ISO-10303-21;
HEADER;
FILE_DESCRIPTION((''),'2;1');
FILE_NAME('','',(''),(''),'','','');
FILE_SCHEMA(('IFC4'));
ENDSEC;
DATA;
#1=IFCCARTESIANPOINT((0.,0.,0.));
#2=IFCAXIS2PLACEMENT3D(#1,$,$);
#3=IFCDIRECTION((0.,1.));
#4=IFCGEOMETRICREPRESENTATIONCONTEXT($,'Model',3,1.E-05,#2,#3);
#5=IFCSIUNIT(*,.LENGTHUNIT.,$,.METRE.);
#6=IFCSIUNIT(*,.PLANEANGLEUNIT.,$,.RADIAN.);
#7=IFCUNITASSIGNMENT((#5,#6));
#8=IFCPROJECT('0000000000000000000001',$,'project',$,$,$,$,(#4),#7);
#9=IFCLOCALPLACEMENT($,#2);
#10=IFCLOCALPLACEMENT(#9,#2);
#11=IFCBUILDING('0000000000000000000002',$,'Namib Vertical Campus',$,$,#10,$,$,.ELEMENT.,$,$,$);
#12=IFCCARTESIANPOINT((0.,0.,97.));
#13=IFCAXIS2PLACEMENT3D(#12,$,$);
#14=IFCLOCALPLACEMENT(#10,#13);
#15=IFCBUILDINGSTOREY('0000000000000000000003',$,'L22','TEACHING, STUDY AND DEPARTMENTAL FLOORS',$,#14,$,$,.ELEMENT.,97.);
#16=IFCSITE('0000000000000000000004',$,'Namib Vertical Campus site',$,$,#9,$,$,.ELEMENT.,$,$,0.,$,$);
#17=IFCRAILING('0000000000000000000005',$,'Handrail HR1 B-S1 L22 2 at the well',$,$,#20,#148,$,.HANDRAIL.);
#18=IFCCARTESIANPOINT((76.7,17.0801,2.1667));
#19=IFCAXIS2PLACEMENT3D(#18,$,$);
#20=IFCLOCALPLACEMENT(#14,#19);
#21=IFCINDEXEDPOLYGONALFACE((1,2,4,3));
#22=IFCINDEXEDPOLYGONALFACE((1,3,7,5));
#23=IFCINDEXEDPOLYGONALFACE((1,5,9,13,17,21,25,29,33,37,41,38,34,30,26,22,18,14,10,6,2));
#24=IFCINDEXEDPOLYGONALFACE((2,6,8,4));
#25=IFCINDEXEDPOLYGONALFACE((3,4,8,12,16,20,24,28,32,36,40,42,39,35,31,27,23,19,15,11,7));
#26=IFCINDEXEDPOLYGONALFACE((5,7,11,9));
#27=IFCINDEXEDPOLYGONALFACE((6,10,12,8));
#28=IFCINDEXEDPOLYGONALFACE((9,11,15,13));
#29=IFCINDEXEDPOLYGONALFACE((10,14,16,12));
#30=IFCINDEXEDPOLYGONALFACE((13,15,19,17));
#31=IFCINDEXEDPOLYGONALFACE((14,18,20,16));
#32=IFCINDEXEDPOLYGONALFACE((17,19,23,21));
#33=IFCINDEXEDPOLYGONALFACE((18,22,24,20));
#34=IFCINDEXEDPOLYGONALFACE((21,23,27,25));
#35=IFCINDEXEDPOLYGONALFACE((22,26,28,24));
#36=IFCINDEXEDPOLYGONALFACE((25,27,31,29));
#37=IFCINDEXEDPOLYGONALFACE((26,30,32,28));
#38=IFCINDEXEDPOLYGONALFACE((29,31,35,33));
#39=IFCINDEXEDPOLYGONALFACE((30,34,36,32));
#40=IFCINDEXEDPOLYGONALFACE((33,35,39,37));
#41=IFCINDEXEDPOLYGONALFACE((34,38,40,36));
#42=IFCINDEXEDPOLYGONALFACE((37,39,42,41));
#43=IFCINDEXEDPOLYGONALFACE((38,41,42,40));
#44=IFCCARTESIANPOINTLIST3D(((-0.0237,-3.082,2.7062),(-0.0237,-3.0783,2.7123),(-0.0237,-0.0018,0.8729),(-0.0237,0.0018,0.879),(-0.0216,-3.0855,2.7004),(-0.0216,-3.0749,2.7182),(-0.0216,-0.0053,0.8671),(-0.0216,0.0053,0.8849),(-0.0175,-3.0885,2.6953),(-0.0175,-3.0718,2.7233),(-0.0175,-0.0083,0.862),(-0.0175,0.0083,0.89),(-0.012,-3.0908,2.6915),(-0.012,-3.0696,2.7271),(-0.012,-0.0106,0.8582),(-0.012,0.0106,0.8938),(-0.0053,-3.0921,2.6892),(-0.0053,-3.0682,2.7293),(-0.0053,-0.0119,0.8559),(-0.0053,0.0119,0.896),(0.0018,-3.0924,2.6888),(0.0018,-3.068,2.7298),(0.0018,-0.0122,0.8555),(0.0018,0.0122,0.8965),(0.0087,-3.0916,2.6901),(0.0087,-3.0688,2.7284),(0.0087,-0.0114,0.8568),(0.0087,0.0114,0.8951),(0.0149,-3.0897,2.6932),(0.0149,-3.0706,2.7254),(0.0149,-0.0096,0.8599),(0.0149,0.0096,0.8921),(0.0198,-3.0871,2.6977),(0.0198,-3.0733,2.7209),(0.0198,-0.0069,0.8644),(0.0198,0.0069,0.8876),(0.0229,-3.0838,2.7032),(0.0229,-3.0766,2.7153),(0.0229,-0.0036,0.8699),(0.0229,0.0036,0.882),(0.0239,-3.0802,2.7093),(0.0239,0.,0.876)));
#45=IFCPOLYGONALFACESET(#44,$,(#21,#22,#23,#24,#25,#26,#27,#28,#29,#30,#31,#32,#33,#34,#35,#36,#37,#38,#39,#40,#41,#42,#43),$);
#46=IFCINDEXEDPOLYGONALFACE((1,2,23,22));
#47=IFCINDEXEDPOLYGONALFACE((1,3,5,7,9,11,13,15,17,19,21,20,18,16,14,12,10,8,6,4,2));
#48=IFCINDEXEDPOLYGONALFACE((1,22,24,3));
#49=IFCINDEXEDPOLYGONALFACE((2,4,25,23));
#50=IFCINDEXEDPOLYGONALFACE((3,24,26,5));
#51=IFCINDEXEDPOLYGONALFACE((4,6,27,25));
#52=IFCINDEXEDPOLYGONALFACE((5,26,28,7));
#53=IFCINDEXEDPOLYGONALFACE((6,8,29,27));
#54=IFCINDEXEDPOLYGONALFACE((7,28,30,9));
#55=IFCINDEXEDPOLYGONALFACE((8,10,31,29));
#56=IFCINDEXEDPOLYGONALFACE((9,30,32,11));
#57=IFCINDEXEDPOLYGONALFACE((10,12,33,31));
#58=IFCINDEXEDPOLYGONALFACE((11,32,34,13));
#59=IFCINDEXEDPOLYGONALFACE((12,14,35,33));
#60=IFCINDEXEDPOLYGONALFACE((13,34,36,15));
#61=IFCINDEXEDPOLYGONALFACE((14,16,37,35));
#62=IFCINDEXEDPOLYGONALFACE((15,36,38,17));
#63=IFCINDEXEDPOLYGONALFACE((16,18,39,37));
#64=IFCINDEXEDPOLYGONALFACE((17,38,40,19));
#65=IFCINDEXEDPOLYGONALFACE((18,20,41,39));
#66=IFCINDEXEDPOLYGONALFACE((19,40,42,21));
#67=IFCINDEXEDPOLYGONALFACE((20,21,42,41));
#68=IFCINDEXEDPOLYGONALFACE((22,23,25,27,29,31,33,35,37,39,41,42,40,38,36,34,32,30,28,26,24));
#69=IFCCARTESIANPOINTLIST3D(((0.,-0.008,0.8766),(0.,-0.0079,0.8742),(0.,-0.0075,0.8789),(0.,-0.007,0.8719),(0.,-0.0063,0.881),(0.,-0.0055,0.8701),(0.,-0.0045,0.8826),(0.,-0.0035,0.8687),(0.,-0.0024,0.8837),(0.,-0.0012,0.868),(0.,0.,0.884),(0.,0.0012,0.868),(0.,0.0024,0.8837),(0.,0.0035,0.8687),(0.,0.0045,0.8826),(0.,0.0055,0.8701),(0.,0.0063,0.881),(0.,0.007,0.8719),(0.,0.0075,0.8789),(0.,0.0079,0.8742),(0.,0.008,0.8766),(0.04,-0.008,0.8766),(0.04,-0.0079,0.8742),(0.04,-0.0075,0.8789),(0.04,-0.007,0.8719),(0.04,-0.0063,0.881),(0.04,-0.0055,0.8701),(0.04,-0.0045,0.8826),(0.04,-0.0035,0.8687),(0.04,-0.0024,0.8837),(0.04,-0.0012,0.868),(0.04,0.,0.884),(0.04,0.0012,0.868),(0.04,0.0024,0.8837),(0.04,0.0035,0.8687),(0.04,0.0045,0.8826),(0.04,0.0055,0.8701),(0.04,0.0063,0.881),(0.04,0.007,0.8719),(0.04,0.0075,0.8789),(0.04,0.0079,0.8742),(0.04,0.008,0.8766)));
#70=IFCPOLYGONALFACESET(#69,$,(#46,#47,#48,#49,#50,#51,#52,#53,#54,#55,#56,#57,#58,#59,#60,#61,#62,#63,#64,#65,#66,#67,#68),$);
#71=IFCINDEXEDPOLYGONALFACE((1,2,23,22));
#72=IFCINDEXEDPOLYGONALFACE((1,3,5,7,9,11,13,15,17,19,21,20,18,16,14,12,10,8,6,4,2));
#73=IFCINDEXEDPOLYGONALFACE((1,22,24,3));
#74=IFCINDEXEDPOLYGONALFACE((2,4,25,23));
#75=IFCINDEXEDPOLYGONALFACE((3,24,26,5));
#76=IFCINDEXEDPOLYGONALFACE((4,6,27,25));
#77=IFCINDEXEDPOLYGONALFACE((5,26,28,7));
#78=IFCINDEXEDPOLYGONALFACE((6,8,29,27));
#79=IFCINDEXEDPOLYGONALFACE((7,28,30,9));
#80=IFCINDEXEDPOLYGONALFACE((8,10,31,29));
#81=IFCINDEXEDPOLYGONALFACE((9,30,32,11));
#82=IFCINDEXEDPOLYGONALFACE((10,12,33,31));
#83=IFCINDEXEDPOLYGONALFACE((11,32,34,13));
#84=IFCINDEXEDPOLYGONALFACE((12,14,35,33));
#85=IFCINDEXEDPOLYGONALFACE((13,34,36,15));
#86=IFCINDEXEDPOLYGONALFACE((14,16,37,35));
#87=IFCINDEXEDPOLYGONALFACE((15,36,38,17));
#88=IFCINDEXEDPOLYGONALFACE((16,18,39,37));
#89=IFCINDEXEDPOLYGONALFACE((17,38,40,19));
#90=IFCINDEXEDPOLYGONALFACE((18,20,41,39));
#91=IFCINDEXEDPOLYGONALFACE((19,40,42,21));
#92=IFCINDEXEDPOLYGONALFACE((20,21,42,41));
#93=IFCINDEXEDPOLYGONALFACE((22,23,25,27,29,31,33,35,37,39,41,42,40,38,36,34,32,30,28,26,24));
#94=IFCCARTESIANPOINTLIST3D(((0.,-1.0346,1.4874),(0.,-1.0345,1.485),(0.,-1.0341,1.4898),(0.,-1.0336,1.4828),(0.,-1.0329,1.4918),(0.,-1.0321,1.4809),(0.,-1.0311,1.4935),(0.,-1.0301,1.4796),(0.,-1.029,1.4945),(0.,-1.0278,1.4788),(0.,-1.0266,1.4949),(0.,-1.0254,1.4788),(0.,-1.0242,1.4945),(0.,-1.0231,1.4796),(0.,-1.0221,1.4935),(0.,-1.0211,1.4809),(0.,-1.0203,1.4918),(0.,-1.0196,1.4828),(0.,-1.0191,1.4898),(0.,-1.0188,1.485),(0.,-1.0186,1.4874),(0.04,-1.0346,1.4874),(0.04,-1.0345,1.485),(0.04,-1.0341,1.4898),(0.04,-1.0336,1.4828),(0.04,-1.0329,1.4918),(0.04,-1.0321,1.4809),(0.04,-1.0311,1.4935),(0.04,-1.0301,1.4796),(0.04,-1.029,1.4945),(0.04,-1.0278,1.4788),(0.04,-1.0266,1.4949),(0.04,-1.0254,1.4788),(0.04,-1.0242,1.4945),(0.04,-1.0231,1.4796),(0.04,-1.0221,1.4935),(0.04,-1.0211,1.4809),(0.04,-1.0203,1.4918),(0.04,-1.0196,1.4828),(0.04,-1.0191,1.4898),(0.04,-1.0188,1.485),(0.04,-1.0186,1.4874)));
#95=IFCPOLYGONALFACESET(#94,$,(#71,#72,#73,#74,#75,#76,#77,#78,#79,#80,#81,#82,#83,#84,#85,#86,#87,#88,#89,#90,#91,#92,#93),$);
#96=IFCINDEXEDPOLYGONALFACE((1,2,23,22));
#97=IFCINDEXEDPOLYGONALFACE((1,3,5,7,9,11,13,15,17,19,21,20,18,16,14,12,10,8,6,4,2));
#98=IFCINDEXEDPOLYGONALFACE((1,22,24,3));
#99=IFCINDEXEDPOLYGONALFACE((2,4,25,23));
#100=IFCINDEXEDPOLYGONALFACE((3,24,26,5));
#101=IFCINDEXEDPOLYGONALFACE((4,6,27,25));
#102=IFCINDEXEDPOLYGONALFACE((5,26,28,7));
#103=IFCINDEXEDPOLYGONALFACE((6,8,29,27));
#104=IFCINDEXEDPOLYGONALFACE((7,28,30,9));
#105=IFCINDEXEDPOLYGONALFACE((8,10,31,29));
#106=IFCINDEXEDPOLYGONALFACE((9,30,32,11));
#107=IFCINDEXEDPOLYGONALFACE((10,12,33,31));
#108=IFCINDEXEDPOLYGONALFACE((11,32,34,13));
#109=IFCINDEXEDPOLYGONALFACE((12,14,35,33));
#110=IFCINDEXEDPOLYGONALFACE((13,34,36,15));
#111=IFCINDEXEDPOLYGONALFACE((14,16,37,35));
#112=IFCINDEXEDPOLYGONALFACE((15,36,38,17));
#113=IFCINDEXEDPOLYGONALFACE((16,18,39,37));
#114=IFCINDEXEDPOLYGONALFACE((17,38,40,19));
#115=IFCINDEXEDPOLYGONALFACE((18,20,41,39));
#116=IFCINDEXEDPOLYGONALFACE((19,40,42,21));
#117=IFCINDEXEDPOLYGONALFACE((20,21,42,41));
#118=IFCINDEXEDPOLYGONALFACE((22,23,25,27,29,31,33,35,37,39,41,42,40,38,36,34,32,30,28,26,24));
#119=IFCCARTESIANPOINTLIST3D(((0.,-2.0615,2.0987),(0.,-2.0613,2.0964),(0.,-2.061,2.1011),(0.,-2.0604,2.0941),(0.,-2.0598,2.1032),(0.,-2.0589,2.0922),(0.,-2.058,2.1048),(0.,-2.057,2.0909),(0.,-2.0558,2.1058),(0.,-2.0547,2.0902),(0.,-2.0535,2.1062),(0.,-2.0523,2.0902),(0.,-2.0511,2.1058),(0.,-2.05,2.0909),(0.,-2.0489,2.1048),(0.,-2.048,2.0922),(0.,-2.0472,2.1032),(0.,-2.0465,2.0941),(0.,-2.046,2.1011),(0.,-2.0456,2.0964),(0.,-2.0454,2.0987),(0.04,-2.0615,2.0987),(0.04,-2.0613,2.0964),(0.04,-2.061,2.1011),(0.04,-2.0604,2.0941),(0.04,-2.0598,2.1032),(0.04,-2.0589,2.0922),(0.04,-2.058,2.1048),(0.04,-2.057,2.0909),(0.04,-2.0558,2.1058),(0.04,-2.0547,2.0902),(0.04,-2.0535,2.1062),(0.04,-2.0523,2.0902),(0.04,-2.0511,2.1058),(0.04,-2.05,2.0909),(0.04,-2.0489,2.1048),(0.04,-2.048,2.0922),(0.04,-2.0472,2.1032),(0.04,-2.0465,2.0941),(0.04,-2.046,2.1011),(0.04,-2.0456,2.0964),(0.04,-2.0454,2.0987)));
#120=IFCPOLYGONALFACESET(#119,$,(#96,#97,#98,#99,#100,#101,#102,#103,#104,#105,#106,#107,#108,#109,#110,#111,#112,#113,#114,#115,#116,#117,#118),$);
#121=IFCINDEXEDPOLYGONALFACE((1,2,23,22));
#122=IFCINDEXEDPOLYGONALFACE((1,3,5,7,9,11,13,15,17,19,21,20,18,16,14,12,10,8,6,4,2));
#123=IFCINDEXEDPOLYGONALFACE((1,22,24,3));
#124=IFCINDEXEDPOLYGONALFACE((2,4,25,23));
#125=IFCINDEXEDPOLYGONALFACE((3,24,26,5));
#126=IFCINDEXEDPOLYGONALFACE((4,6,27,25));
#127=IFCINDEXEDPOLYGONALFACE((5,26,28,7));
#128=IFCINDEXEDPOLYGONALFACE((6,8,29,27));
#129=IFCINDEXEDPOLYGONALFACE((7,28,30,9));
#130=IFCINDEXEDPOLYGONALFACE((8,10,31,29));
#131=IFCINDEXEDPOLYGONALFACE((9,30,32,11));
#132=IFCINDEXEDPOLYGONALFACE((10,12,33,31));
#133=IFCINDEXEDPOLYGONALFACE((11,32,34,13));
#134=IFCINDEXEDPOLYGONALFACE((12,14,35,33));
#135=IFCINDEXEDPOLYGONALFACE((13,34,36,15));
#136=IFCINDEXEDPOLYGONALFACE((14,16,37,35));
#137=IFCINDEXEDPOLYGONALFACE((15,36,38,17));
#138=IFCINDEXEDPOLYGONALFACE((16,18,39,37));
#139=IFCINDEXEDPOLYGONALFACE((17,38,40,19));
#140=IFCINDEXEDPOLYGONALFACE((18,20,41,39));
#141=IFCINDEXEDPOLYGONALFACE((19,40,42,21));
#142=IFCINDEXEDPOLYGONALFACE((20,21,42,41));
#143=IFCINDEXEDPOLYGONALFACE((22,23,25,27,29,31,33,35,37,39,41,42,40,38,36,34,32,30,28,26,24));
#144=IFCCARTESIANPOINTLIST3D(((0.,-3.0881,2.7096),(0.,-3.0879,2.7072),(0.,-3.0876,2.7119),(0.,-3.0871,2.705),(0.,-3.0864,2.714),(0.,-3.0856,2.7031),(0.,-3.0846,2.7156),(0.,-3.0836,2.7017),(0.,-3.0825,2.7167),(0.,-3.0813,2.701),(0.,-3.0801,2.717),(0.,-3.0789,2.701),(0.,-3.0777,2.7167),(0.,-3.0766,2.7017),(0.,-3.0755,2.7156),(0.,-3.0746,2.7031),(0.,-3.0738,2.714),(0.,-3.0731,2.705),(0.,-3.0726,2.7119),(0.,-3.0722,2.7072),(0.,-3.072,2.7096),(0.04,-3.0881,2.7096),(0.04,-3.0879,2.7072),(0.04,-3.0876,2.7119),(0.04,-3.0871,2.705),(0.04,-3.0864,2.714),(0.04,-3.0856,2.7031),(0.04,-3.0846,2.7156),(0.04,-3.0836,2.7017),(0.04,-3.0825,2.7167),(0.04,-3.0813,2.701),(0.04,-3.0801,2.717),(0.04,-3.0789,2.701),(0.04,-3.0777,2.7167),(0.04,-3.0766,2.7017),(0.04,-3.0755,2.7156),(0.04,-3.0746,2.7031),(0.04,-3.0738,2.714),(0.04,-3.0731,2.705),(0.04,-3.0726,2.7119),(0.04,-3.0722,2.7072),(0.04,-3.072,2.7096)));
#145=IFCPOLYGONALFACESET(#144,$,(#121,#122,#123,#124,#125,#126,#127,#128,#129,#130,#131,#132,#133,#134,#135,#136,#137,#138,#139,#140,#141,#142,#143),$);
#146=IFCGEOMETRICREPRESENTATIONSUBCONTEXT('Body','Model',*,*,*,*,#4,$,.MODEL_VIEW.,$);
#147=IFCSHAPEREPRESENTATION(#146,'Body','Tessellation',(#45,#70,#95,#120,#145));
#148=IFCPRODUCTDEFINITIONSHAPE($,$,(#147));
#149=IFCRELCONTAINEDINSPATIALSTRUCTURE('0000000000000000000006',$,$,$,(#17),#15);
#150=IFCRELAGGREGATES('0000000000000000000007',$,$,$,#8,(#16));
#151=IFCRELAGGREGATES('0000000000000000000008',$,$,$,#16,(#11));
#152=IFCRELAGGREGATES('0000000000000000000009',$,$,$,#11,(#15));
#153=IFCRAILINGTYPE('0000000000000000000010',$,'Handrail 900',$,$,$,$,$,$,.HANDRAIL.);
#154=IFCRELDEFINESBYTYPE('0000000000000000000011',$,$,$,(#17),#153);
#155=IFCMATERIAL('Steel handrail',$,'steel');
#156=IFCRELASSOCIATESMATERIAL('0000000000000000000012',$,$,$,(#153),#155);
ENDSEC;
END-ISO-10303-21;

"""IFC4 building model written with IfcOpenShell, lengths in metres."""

from ifc_helpers import new_model, si_unit, direction, frame, origin, origin_2d, place, context, subcontext, project, spatial, circle, extrude, material, type_object, element, save


model = new_model("IFC4")

# Units and contexts
model_context = context("Model", 3, precision=1e-05, world=origin(), true_north=direction((0.0, 1.0)))
body_context = subcontext(model_context, "Body", "Model", "MODEL_VIEW")
ifc_project = project(units=[si_unit("LENGTHUNIT", "METRE"), si_unit("PLANEANGLEUNIT", "RADIAN")], contexts=[model_context])

# Site, building, storey
site_placement = place(None, origin())
site = spatial("IfcSite", under=ifc_project, at=site_placement, Name="Namib Vertical Campus site", CompositionType="ELEMENT", RefElevation=0.0)
building_placement = place(site_placement, origin())
building = spatial("IfcBuilding", under=site, at=building_placement, Name="Namib Vertical Campus", CompositionType="ELEMENT")
storey_placement = place(building_placement, frame((0.0, 0.0, 97.0)))
storey = spatial("IfcBuildingStorey", under=building, at=storey_placement, Name="L22", Description="TEACHING, STUDY AND DEPARTMENTAL FLOORS", CompositionType="ELEMENT", Elevation=97.0)

# Railing
ifc_material_1 = material(Name="Steel handrail", Category="steel")
railing_type_1 = type_object("IfcRailingType", Name="Handrail 900", PredefinedType="HANDRAIL", material=ifc_material_1)
railing_1_placement = place(storey_placement, frame((76.7, 17.0801, 2.1667)))
element("IfcRailing", 1, at=railing_1_placement, inside=storey, type_object=railing_type_1, Name="Handrail HR1 B-S1 L22 2 at the well", PredefinedType="HANDRAIL", context=body_context, shape_type="SweptSolid", body=[
    extrude(circle(Radius=0.0239, at=origin_2d()), frame((0.0, 0.0, 0.876), z_axis=(0.0, -0.859309, 0.511458), x_axis=(1.0, 0.0, 0.0)), (0.0, 0.0, 1.0), 3.5845),
    extrude(circle(Radius=0.0081, at=origin_2d()), frame((0.0, 0.0, 0.876), z_axis=(1.0, 0.0, 0.0), x_axis=(0.0, 0.0, 1.0)), (0.0, 0.0, 1.0), 0.04),
    extrude(circle(Radius=0.0081, at=origin_2d()), frame((0.0, -1.0266, 1.4868), z_axis=(1.0, 0.0, 0.0), x_axis=(0.0, 0.0, 1.0)), (0.0, 0.0, 1.0), 0.04),
    extrude(circle(Radius=0.0081, at=origin_2d()), frame((0.0, -2.0535, 2.0981), z_axis=(1.0, 0.0, 0.0), x_axis=(0.0, 0.0, 1.0)), (0.0, 0.0, 1.0), 0.04),
    extrude(circle(Radius=0.0081, at=origin_2d()), frame((0.0, -3.0801, 2.709), z_axis=(1.0, 0.0, 0.0), x_axis=(0.0, 0.0, 1.0)), (0.0, 0.0, 1.0), 0.04),
])

save(model, "model.ifc")
